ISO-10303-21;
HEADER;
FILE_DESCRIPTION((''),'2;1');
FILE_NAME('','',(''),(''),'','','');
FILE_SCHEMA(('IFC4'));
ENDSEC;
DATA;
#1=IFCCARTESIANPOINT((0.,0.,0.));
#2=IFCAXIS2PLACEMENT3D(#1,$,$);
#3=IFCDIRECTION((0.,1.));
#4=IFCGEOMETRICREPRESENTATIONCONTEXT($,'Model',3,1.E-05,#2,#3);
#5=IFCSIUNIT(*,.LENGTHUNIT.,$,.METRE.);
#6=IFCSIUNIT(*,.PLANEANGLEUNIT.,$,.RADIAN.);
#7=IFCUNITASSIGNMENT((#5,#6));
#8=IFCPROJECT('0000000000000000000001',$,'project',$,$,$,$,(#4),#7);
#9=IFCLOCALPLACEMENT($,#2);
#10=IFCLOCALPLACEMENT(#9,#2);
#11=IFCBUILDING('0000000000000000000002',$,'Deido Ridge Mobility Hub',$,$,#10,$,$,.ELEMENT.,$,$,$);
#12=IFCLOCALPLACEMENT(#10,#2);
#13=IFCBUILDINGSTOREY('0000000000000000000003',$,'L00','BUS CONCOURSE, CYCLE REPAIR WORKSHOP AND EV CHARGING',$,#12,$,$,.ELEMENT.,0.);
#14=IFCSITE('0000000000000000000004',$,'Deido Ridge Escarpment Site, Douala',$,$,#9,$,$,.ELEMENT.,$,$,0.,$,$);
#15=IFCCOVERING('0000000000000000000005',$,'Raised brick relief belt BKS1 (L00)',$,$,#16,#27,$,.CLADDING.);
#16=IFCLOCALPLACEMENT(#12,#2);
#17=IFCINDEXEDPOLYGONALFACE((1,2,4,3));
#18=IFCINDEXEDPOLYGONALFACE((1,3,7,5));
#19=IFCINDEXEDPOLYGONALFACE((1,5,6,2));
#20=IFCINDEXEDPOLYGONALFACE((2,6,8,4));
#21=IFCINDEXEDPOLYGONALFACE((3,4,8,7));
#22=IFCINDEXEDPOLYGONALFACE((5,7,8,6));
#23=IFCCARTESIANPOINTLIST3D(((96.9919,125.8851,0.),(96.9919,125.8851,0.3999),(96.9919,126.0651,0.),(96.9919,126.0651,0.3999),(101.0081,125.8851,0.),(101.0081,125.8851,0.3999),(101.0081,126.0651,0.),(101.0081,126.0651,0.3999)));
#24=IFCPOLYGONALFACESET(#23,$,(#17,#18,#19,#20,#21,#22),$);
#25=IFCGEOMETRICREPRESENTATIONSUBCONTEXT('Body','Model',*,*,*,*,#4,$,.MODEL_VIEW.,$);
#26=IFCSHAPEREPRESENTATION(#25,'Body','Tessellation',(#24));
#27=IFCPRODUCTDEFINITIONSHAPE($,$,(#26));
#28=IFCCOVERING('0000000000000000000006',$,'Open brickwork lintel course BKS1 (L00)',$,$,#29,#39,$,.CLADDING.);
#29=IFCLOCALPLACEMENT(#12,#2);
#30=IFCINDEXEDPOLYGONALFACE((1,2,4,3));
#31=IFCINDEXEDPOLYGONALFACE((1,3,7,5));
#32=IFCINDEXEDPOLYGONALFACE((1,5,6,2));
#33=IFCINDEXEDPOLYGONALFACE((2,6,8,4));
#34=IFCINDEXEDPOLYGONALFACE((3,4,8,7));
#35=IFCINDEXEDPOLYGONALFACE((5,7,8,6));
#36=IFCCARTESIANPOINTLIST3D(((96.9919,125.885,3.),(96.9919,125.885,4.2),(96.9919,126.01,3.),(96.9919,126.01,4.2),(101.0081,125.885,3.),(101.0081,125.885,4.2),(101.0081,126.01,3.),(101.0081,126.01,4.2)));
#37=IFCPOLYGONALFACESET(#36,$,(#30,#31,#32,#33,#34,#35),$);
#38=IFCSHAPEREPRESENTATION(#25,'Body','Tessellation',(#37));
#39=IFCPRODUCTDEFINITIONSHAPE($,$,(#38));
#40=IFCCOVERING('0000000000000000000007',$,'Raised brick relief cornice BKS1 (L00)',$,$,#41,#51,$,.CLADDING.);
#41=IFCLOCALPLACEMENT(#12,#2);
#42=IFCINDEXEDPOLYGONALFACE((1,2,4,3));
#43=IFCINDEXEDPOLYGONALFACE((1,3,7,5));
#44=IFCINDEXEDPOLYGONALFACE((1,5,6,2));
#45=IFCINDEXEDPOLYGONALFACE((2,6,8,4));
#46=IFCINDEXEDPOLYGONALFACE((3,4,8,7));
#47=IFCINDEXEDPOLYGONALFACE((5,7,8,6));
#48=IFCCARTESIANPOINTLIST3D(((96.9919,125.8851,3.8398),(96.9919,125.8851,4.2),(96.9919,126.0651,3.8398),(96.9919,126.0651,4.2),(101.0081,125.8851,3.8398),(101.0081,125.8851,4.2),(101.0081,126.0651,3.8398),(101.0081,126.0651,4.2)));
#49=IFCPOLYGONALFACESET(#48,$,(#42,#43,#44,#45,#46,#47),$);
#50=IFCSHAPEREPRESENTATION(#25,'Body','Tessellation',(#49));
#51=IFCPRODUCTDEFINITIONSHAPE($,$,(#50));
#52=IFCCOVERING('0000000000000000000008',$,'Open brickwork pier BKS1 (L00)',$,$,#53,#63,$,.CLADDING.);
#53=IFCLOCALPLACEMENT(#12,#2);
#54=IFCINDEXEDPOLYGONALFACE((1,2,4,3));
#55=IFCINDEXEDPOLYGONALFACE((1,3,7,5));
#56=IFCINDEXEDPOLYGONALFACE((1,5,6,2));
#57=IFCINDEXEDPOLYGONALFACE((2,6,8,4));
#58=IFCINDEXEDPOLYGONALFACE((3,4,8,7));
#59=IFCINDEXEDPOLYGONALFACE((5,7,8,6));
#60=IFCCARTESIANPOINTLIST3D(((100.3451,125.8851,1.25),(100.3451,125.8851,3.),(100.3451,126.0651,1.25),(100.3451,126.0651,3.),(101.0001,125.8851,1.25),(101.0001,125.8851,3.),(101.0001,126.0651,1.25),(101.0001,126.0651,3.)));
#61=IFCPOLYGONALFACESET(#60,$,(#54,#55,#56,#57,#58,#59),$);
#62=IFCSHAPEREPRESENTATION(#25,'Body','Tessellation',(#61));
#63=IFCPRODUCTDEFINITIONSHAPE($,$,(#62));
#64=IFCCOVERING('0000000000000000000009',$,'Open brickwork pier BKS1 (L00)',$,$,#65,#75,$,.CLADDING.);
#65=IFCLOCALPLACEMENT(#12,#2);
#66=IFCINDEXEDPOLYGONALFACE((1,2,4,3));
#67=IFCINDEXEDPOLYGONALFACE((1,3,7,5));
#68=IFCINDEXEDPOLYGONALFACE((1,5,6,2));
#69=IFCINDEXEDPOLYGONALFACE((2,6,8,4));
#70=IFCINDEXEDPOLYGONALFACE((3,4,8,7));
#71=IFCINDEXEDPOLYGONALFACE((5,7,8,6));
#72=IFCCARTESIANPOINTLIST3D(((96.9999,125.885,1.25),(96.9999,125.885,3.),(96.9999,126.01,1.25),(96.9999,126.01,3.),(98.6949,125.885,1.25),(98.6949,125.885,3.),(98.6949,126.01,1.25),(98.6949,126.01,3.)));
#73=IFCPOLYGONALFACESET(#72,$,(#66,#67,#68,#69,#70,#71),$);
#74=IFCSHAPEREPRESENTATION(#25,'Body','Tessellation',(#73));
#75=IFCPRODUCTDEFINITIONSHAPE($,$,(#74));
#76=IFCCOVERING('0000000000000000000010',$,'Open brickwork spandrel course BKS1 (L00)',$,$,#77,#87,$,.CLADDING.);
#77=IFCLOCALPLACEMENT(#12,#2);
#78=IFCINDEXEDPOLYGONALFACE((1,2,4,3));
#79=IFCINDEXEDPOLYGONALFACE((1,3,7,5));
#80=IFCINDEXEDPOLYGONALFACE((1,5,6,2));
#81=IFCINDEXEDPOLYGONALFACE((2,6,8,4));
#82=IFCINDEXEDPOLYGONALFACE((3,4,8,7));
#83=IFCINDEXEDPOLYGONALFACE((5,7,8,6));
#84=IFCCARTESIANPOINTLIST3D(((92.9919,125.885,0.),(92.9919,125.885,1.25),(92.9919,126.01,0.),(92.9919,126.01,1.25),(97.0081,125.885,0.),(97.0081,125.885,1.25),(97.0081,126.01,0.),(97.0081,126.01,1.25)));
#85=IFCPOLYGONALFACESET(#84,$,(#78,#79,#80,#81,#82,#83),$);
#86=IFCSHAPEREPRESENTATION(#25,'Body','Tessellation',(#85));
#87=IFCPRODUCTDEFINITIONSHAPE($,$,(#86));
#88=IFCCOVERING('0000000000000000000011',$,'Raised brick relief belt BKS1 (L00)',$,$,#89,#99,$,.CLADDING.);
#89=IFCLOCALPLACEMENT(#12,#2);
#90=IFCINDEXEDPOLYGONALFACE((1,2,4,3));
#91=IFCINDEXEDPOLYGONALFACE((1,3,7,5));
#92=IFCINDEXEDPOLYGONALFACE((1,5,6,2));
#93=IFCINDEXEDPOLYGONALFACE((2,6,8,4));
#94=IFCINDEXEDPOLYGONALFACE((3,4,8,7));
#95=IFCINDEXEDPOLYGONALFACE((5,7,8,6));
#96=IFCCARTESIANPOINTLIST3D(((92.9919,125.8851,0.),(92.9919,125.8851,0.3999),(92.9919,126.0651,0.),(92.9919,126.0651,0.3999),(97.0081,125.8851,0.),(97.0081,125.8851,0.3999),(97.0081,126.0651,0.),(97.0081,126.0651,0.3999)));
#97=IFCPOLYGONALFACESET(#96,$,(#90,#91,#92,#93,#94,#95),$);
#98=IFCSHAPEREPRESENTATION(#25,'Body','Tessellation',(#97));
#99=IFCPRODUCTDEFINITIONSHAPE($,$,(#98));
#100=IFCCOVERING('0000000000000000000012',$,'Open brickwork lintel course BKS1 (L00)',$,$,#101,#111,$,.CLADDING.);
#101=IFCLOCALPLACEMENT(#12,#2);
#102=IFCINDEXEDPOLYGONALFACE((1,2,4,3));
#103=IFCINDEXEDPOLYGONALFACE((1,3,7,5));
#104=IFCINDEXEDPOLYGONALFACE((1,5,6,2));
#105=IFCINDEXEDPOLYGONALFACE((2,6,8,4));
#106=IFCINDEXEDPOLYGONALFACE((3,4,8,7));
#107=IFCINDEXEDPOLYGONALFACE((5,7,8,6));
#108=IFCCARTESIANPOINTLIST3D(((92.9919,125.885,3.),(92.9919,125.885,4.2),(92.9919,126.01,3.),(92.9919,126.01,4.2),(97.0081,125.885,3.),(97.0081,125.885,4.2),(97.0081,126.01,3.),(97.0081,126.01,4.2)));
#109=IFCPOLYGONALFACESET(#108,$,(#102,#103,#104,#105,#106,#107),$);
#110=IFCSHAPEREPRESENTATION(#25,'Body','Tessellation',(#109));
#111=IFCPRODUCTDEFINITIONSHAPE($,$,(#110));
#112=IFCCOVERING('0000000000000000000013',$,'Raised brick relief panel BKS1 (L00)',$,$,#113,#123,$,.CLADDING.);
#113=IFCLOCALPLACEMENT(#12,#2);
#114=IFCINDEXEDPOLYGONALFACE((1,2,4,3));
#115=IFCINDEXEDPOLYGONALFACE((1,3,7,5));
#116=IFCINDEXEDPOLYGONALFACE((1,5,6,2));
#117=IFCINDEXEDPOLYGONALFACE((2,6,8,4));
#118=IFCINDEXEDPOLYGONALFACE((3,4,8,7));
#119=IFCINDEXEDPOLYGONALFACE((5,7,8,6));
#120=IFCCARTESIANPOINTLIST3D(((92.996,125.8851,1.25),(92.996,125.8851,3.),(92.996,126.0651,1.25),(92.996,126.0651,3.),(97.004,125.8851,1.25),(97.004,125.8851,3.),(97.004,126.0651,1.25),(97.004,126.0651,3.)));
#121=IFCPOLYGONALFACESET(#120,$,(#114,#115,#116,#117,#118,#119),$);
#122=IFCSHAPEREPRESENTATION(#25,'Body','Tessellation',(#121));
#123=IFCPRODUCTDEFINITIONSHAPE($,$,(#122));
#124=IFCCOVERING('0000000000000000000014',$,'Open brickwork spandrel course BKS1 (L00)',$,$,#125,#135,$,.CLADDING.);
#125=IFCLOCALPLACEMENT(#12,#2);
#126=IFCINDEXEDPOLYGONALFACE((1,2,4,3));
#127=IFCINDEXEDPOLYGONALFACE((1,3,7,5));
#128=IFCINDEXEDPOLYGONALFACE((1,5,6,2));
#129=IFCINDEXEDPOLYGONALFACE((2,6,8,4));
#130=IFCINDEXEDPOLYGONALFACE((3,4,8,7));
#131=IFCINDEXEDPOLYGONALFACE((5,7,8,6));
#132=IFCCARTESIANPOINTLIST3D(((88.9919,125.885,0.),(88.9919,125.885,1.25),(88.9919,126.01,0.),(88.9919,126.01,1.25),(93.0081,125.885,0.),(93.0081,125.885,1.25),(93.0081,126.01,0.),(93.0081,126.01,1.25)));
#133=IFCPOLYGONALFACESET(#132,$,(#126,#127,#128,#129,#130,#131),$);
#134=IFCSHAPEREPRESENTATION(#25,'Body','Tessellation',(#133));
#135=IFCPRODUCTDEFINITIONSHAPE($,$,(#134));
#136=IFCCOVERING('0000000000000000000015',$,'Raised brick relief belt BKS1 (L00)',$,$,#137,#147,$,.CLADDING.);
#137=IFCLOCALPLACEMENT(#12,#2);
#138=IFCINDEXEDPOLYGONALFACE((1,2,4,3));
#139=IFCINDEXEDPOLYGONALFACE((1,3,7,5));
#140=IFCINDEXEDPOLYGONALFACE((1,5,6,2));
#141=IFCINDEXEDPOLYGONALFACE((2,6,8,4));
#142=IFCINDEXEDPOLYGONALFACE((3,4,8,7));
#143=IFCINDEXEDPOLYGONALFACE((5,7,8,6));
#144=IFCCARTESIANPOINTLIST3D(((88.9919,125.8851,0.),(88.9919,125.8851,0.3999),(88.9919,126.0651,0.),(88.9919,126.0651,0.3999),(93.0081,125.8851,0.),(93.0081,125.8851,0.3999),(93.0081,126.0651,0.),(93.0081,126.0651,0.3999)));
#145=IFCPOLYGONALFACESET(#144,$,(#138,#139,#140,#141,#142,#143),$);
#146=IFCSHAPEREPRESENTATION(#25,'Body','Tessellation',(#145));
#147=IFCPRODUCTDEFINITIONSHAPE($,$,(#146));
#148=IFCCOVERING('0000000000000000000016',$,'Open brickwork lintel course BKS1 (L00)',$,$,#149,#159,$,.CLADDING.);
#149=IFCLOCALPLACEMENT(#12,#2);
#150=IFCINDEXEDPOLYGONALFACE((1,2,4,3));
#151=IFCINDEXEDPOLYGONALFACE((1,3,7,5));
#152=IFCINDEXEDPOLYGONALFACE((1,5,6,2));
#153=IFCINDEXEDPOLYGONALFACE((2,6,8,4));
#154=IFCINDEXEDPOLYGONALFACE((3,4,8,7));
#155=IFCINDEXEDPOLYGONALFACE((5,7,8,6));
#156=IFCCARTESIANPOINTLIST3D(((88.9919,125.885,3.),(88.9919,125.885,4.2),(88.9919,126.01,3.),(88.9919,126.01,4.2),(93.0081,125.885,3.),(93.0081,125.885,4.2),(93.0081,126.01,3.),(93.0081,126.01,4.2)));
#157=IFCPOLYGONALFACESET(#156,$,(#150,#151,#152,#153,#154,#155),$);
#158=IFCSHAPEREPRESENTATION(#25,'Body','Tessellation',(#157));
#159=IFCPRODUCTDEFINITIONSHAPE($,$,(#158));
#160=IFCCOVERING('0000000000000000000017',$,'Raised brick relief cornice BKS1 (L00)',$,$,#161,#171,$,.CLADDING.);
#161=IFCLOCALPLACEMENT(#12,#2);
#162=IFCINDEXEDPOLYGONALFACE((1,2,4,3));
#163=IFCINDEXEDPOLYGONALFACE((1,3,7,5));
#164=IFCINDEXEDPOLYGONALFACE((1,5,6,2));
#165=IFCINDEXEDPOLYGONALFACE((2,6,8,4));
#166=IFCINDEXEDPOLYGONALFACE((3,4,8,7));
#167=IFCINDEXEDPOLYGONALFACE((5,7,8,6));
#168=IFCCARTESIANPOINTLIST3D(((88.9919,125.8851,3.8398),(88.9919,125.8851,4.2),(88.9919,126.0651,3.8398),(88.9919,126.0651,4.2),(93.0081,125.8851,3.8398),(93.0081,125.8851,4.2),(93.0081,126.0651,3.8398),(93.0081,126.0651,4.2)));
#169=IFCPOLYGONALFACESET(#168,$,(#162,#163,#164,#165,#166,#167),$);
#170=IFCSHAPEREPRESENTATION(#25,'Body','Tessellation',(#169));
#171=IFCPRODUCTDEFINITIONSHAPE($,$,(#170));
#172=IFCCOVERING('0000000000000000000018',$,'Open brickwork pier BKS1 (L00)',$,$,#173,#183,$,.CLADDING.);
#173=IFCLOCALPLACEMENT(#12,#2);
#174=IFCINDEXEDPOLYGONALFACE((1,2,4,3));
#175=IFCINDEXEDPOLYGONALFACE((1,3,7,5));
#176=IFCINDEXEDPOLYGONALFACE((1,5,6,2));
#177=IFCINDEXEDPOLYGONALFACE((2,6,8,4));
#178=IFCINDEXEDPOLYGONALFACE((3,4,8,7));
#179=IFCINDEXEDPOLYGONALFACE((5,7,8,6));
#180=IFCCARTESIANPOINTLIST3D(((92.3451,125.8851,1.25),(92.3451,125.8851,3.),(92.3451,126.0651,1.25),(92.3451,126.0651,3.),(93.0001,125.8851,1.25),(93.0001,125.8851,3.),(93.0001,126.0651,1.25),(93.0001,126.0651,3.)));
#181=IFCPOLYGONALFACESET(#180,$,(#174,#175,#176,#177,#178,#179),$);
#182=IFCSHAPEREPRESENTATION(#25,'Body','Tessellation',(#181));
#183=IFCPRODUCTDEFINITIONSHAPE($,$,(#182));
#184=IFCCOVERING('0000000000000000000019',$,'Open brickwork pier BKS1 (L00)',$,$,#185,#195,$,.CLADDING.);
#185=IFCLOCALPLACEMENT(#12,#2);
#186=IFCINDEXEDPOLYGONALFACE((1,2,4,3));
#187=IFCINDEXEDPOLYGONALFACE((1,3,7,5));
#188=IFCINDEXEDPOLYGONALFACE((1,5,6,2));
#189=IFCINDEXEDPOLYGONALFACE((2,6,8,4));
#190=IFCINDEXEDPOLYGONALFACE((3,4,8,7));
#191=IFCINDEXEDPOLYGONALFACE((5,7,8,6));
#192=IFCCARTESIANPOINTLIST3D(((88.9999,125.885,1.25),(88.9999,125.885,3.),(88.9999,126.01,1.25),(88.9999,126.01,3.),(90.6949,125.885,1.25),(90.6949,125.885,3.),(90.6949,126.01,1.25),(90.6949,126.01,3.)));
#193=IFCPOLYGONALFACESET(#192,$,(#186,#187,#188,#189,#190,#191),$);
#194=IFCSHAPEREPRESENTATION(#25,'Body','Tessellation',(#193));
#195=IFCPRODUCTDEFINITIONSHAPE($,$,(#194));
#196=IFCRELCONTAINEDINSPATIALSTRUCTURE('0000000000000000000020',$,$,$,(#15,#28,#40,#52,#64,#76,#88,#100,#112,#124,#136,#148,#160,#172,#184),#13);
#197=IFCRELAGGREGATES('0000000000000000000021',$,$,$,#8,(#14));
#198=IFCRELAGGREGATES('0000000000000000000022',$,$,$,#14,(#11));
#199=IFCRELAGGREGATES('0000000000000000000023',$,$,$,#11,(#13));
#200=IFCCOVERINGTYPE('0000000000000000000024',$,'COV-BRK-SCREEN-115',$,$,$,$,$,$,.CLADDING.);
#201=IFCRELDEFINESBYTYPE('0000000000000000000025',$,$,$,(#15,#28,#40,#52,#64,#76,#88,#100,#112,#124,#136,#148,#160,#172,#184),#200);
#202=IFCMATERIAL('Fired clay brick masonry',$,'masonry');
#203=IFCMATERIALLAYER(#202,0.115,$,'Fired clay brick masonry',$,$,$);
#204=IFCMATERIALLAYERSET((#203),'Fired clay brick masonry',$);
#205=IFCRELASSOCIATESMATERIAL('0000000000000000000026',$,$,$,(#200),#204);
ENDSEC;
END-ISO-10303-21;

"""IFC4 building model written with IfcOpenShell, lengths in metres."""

from ifc_helpers import new_model, si_unit, direction, frame, origin, origin_2d, place, context, subcontext, project, spatial, rectangle, extrude, material, layer, layer_set, type_object, element, save


model = new_model("IFC4")

# Units and contexts
model_context = context("Model", 3, precision=1e-05, world=origin(), true_north=direction((0.0, 1.0)))
body_context = subcontext(model_context, "Body", "Model", "MODEL_VIEW")
ifc_project = project(units=[si_unit("LENGTHUNIT", "METRE"), si_unit("PLANEANGLEUNIT", "RADIAN")], contexts=[model_context])

# Site, building, storey
site_placement = place(None, origin())
site = spatial("IfcSite", under=ifc_project, at=site_placement, Name="Deido Ridge Escarpment Site, Douala", CompositionType="ELEMENT", RefElevation=0.0)
building_placement = place(site_placement, origin())
building = spatial("IfcBuilding", under=site, at=building_placement, Name="Deido Ridge Mobility Hub", CompositionType="ELEMENT")
storey_placement = place(building_placement, origin())
storey = spatial("IfcBuildingStorey", under=building, at=storey_placement, Name="L00", Description="BUS CONCOURSE, CYCLE REPAIR WORKSHOP AND EV CHARGING", CompositionType="ELEMENT", Elevation=0.0)

# Coverings
ifc_material_1 = material(Name="Fired clay brick masonry", Category="masonry")
ifc_layer = layer(ifc_material_1, 0.115, Name="Fired clay brick masonry")
ifc_layer_set = layer_set([ifc_layer], Name="Fired clay brick masonry")
covering_type = type_object("IfcCoveringType", Name="COV-BRK-SCREEN-115", PredefinedType="CLADDING", material=ifc_layer_set)
covering_1_placement = place(storey_placement, frame((99.0, 125.9751, 0.0), z_axis=(0.0, 0.0, 1.0), x_axis=(-1.0, 0.0, 0.0)))
element("IfcCovering", 1, at=covering_1_placement, inside=storey, type_object=covering_type, Name="Raised brick relief belt BKS1 (L00)", PredefinedType="CLADDING", context=body_context, shape_type="SweptSolid", body=[
    extrude(rectangle(XDim=4.0161, YDim=0.1799, at=origin_2d()), origin(), (0.0, 0.0, 1.0), 0.3999),
])
covering_2_placement = place(storey_placement, frame((99.0, 125.9475, 3.0), z_axis=(0.0, 0.0, 1.0), x_axis=(-1.0, 0.0, 0.0)))
element("IfcCovering", 2, at=covering_2_placement, inside=storey, type_object=covering_type, Name="Open brickwork lintel course BKS1 (L00)", PredefinedType="CLADDING", context=body_context, shape_type="SweptSolid", body=[
    extrude(rectangle(XDim=4.0161, YDim=0.125, at=origin_2d()), origin(), (0.0, 0.0, 1.0), 1.2),
])
covering_3_placement = place(storey_placement, frame((99.0, 125.9751, 3.8398), z_axis=(0.0, 0.0, 1.0), x_axis=(-1.0, 0.0, 0.0)))
element("IfcCovering", 3, at=covering_3_placement, inside=storey, type_object=covering_type, Name="Raised brick relief cornice BKS1 (L00)", PredefinedType="CLADDING", context=body_context, shape_type="SweptSolid", body=[
    extrude(rectangle(XDim=4.0161, YDim=0.1799, at=origin_2d()), origin(), (0.0, 0.0, 1.0), 0.3601),
])
covering_4_placement = place(storey_placement, frame((100.6726, 125.9751, 1.25), z_axis=(0.0, 0.0, 1.0), x_axis=(-1.0, 0.0, 0.0)))
element("IfcCovering", 4, at=covering_4_placement, inside=storey, type_object=covering_type, Name="Open brickwork pier BKS1 (L00)", PredefinedType="CLADDING", context=body_context, shape_type="SweptSolid", body=[
    extrude(rectangle(XDim=0.655, YDim=0.1799, at=origin_2d()), origin(), (0.0, 0.0, 1.0), 1.75),
])
covering_5_placement = place(storey_placement, frame((97.8474, 125.9475, 1.25), z_axis=(0.0, 0.0, 1.0), x_axis=(-1.0, 0.0, 0.0)))
element("IfcCovering", 5, at=covering_5_placement, inside=storey, type_object=covering_type, Name="Open brickwork pier BKS1 (L00)", PredefinedType="CLADDING", context=body_context, shape_type="SweptSolid", body=[
    extrude(rectangle(XDim=1.6951, YDim=0.125, at=origin_2d()), origin(), (0.0, 0.0, 1.0), 1.75),
])
covering_6_placement = place(storey_placement, frame((95.0, 125.9475, 0.0), z_axis=(0.0, 0.0, 1.0), x_axis=(-1.0, 0.0, 0.0)))
element("IfcCovering", 6, at=covering_6_placement, inside=storey, type_object=covering_type, Name="Open brickwork spandrel course BKS1 (L00)", PredefinedType="CLADDING", context=body_context, shape_type="SweptSolid", body=[
    extrude(rectangle(XDim=4.0161, YDim=0.125, at=origin_2d()), origin(), (0.0, 0.0, 1.0), 1.25),
])
covering_7_placement = place(storey_placement, frame((95.0, 125.9751, 0.0), z_axis=(0.0, 0.0, 1.0), x_axis=(-1.0, 0.0, 0.0)))
element("IfcCovering", 7, at=covering_7_placement, inside=storey, type_object=covering_type, Name="Raised brick relief belt BKS1 (L00)", PredefinedType="CLADDING", context=body_context, shape_type="SweptSolid", body=[
    extrude(rectangle(XDim=4.0161, YDim=0.1799, at=origin_2d()), origin(), (0.0, 0.0, 1.0), 0.3999),
])
covering_8_placement = place(storey_placement, frame((95.0, 125.9475, 3.0), z_axis=(0.0, 0.0, 1.0), x_axis=(-1.0, 0.0, 0.0)))
element("IfcCovering", 8, at=covering_8_placement, inside=storey, type_object=covering_type, Name="Open brickwork lintel course BKS1 (L00)", PredefinedType="CLADDING", context=body_context, shape_type="SweptSolid", body=[
    extrude(rectangle(XDim=4.0161, YDim=0.125, at=origin_2d()), origin(), (0.0, 0.0, 1.0), 1.2),
])
covering_9_placement = place(storey_placement, frame((95.0, 125.9751, 1.25), z_axis=(0.0, 0.0, 1.0), x_axis=(-1.0, 0.0, 0.0)))
element("IfcCovering", 9, at=covering_9_placement, inside=storey, type_object=covering_type, Name="Raised brick relief panel BKS1 (L00)", PredefinedType="CLADDING", context=body_context, shape_type="SweptSolid", body=[
    extrude(rectangle(XDim=4.0081, YDim=0.1799, at=origin_2d()), origin(), (0.0, 0.0, 1.0), 1.75),
])
covering_10_placement = place(storey_placement, frame((91.0, 125.9475, 0.0), z_axis=(0.0, 0.0, 1.0), x_axis=(-1.0, 0.0, 0.0)))
element("IfcCovering", 10, at=covering_10_placement, inside=storey, type_object=covering_type, Name="Open brickwork spandrel course BKS1 (L00)", PredefinedType="CLADDING", context=body_context, shape_type="SweptSolid", body=[
    extrude(rectangle(XDim=4.0161, YDim=0.125, at=origin_2d()), origin(), (0.0, 0.0, 1.0), 1.25),
])
covering_11_placement = place(storey_placement, frame((91.0, 125.9751, 0.0), z_axis=(0.0, 0.0, 1.0), x_axis=(-1.0, 0.0, 0.0)))
element("IfcCovering", 11, at=covering_11_placement, inside=storey, type_object=covering_type, Name="Raised brick relief belt BKS1 (L00)", PredefinedType="CLADDING", context=body_context, shape_type="SweptSolid", body=[
    extrude(rectangle(XDim=4.0161, YDim=0.1799, at=origin_2d()), origin(), (0.0, 0.0, 1.0), 0.3999),
])
covering_12_placement = place(storey_placement, frame((91.0, 125.9475, 3.0), z_axis=(0.0, 0.0, 1.0), x_axis=(-1.0, 0.0, 0.0)))
element("IfcCovering", 12, at=covering_12_placement, inside=storey, type_object=covering_type, Name="Open brickwork lintel course BKS1 (L00)", PredefinedType="CLADDING", context=body_context, shape_type="SweptSolid", body=[
    extrude(rectangle(XDim=4.0161, YDim=0.125, at=origin_2d()), origin(), (0.0, 0.0, 1.0), 1.2),
])
covering_13_placement = place(storey_placement, frame((91.0, 125.9751, 3.8398), z_axis=(0.0, 0.0, 1.0), x_axis=(-1.0, 0.0, 0.0)))
element("IfcCovering", 13, at=covering_13_placement, inside=storey, type_object=covering_type, Name="Raised brick relief cornice BKS1 (L00)", PredefinedType="CLADDING", context=body_context, shape_type="SweptSolid", body=[
    extrude(rectangle(XDim=4.0161, YDim=0.1799, at=origin_2d()), origin(), (0.0, 0.0, 1.0), 0.3601),
])
covering_14_placement = place(storey_placement, frame((92.6726, 125.9751, 1.25), z_axis=(0.0, 0.0, 1.0), x_axis=(-1.0, 0.0, 0.0)))
element("IfcCovering", 14, at=covering_14_placement, inside=storey, type_object=covering_type, Name="Open brickwork pier BKS1 (L00)", PredefinedType="CLADDING", context=body_context, shape_type="SweptSolid", body=[
    extrude(rectangle(XDim=0.655, YDim=0.1799, at=origin_2d()), origin(), (0.0, 0.0, 1.0), 1.75),
])
covering_15_placement = place(storey_placement, frame((89.8474, 125.9475, 1.25), z_axis=(0.0, 0.0, 1.0), x_axis=(-1.0, 0.0, 0.0)))
element("IfcCovering", 15, at=covering_15_placement, inside=storey, type_object=covering_type, Name="Open brickwork pier BKS1 (L00)", PredefinedType="CLADDING", context=body_context, shape_type="SweptSolid", body=[
    extrude(rectangle(XDim=1.6951, YDim=0.125, at=origin_2d()), origin(), (0.0, 0.0, 1.0), 1.75),
])

save(model, "model.ifc")
